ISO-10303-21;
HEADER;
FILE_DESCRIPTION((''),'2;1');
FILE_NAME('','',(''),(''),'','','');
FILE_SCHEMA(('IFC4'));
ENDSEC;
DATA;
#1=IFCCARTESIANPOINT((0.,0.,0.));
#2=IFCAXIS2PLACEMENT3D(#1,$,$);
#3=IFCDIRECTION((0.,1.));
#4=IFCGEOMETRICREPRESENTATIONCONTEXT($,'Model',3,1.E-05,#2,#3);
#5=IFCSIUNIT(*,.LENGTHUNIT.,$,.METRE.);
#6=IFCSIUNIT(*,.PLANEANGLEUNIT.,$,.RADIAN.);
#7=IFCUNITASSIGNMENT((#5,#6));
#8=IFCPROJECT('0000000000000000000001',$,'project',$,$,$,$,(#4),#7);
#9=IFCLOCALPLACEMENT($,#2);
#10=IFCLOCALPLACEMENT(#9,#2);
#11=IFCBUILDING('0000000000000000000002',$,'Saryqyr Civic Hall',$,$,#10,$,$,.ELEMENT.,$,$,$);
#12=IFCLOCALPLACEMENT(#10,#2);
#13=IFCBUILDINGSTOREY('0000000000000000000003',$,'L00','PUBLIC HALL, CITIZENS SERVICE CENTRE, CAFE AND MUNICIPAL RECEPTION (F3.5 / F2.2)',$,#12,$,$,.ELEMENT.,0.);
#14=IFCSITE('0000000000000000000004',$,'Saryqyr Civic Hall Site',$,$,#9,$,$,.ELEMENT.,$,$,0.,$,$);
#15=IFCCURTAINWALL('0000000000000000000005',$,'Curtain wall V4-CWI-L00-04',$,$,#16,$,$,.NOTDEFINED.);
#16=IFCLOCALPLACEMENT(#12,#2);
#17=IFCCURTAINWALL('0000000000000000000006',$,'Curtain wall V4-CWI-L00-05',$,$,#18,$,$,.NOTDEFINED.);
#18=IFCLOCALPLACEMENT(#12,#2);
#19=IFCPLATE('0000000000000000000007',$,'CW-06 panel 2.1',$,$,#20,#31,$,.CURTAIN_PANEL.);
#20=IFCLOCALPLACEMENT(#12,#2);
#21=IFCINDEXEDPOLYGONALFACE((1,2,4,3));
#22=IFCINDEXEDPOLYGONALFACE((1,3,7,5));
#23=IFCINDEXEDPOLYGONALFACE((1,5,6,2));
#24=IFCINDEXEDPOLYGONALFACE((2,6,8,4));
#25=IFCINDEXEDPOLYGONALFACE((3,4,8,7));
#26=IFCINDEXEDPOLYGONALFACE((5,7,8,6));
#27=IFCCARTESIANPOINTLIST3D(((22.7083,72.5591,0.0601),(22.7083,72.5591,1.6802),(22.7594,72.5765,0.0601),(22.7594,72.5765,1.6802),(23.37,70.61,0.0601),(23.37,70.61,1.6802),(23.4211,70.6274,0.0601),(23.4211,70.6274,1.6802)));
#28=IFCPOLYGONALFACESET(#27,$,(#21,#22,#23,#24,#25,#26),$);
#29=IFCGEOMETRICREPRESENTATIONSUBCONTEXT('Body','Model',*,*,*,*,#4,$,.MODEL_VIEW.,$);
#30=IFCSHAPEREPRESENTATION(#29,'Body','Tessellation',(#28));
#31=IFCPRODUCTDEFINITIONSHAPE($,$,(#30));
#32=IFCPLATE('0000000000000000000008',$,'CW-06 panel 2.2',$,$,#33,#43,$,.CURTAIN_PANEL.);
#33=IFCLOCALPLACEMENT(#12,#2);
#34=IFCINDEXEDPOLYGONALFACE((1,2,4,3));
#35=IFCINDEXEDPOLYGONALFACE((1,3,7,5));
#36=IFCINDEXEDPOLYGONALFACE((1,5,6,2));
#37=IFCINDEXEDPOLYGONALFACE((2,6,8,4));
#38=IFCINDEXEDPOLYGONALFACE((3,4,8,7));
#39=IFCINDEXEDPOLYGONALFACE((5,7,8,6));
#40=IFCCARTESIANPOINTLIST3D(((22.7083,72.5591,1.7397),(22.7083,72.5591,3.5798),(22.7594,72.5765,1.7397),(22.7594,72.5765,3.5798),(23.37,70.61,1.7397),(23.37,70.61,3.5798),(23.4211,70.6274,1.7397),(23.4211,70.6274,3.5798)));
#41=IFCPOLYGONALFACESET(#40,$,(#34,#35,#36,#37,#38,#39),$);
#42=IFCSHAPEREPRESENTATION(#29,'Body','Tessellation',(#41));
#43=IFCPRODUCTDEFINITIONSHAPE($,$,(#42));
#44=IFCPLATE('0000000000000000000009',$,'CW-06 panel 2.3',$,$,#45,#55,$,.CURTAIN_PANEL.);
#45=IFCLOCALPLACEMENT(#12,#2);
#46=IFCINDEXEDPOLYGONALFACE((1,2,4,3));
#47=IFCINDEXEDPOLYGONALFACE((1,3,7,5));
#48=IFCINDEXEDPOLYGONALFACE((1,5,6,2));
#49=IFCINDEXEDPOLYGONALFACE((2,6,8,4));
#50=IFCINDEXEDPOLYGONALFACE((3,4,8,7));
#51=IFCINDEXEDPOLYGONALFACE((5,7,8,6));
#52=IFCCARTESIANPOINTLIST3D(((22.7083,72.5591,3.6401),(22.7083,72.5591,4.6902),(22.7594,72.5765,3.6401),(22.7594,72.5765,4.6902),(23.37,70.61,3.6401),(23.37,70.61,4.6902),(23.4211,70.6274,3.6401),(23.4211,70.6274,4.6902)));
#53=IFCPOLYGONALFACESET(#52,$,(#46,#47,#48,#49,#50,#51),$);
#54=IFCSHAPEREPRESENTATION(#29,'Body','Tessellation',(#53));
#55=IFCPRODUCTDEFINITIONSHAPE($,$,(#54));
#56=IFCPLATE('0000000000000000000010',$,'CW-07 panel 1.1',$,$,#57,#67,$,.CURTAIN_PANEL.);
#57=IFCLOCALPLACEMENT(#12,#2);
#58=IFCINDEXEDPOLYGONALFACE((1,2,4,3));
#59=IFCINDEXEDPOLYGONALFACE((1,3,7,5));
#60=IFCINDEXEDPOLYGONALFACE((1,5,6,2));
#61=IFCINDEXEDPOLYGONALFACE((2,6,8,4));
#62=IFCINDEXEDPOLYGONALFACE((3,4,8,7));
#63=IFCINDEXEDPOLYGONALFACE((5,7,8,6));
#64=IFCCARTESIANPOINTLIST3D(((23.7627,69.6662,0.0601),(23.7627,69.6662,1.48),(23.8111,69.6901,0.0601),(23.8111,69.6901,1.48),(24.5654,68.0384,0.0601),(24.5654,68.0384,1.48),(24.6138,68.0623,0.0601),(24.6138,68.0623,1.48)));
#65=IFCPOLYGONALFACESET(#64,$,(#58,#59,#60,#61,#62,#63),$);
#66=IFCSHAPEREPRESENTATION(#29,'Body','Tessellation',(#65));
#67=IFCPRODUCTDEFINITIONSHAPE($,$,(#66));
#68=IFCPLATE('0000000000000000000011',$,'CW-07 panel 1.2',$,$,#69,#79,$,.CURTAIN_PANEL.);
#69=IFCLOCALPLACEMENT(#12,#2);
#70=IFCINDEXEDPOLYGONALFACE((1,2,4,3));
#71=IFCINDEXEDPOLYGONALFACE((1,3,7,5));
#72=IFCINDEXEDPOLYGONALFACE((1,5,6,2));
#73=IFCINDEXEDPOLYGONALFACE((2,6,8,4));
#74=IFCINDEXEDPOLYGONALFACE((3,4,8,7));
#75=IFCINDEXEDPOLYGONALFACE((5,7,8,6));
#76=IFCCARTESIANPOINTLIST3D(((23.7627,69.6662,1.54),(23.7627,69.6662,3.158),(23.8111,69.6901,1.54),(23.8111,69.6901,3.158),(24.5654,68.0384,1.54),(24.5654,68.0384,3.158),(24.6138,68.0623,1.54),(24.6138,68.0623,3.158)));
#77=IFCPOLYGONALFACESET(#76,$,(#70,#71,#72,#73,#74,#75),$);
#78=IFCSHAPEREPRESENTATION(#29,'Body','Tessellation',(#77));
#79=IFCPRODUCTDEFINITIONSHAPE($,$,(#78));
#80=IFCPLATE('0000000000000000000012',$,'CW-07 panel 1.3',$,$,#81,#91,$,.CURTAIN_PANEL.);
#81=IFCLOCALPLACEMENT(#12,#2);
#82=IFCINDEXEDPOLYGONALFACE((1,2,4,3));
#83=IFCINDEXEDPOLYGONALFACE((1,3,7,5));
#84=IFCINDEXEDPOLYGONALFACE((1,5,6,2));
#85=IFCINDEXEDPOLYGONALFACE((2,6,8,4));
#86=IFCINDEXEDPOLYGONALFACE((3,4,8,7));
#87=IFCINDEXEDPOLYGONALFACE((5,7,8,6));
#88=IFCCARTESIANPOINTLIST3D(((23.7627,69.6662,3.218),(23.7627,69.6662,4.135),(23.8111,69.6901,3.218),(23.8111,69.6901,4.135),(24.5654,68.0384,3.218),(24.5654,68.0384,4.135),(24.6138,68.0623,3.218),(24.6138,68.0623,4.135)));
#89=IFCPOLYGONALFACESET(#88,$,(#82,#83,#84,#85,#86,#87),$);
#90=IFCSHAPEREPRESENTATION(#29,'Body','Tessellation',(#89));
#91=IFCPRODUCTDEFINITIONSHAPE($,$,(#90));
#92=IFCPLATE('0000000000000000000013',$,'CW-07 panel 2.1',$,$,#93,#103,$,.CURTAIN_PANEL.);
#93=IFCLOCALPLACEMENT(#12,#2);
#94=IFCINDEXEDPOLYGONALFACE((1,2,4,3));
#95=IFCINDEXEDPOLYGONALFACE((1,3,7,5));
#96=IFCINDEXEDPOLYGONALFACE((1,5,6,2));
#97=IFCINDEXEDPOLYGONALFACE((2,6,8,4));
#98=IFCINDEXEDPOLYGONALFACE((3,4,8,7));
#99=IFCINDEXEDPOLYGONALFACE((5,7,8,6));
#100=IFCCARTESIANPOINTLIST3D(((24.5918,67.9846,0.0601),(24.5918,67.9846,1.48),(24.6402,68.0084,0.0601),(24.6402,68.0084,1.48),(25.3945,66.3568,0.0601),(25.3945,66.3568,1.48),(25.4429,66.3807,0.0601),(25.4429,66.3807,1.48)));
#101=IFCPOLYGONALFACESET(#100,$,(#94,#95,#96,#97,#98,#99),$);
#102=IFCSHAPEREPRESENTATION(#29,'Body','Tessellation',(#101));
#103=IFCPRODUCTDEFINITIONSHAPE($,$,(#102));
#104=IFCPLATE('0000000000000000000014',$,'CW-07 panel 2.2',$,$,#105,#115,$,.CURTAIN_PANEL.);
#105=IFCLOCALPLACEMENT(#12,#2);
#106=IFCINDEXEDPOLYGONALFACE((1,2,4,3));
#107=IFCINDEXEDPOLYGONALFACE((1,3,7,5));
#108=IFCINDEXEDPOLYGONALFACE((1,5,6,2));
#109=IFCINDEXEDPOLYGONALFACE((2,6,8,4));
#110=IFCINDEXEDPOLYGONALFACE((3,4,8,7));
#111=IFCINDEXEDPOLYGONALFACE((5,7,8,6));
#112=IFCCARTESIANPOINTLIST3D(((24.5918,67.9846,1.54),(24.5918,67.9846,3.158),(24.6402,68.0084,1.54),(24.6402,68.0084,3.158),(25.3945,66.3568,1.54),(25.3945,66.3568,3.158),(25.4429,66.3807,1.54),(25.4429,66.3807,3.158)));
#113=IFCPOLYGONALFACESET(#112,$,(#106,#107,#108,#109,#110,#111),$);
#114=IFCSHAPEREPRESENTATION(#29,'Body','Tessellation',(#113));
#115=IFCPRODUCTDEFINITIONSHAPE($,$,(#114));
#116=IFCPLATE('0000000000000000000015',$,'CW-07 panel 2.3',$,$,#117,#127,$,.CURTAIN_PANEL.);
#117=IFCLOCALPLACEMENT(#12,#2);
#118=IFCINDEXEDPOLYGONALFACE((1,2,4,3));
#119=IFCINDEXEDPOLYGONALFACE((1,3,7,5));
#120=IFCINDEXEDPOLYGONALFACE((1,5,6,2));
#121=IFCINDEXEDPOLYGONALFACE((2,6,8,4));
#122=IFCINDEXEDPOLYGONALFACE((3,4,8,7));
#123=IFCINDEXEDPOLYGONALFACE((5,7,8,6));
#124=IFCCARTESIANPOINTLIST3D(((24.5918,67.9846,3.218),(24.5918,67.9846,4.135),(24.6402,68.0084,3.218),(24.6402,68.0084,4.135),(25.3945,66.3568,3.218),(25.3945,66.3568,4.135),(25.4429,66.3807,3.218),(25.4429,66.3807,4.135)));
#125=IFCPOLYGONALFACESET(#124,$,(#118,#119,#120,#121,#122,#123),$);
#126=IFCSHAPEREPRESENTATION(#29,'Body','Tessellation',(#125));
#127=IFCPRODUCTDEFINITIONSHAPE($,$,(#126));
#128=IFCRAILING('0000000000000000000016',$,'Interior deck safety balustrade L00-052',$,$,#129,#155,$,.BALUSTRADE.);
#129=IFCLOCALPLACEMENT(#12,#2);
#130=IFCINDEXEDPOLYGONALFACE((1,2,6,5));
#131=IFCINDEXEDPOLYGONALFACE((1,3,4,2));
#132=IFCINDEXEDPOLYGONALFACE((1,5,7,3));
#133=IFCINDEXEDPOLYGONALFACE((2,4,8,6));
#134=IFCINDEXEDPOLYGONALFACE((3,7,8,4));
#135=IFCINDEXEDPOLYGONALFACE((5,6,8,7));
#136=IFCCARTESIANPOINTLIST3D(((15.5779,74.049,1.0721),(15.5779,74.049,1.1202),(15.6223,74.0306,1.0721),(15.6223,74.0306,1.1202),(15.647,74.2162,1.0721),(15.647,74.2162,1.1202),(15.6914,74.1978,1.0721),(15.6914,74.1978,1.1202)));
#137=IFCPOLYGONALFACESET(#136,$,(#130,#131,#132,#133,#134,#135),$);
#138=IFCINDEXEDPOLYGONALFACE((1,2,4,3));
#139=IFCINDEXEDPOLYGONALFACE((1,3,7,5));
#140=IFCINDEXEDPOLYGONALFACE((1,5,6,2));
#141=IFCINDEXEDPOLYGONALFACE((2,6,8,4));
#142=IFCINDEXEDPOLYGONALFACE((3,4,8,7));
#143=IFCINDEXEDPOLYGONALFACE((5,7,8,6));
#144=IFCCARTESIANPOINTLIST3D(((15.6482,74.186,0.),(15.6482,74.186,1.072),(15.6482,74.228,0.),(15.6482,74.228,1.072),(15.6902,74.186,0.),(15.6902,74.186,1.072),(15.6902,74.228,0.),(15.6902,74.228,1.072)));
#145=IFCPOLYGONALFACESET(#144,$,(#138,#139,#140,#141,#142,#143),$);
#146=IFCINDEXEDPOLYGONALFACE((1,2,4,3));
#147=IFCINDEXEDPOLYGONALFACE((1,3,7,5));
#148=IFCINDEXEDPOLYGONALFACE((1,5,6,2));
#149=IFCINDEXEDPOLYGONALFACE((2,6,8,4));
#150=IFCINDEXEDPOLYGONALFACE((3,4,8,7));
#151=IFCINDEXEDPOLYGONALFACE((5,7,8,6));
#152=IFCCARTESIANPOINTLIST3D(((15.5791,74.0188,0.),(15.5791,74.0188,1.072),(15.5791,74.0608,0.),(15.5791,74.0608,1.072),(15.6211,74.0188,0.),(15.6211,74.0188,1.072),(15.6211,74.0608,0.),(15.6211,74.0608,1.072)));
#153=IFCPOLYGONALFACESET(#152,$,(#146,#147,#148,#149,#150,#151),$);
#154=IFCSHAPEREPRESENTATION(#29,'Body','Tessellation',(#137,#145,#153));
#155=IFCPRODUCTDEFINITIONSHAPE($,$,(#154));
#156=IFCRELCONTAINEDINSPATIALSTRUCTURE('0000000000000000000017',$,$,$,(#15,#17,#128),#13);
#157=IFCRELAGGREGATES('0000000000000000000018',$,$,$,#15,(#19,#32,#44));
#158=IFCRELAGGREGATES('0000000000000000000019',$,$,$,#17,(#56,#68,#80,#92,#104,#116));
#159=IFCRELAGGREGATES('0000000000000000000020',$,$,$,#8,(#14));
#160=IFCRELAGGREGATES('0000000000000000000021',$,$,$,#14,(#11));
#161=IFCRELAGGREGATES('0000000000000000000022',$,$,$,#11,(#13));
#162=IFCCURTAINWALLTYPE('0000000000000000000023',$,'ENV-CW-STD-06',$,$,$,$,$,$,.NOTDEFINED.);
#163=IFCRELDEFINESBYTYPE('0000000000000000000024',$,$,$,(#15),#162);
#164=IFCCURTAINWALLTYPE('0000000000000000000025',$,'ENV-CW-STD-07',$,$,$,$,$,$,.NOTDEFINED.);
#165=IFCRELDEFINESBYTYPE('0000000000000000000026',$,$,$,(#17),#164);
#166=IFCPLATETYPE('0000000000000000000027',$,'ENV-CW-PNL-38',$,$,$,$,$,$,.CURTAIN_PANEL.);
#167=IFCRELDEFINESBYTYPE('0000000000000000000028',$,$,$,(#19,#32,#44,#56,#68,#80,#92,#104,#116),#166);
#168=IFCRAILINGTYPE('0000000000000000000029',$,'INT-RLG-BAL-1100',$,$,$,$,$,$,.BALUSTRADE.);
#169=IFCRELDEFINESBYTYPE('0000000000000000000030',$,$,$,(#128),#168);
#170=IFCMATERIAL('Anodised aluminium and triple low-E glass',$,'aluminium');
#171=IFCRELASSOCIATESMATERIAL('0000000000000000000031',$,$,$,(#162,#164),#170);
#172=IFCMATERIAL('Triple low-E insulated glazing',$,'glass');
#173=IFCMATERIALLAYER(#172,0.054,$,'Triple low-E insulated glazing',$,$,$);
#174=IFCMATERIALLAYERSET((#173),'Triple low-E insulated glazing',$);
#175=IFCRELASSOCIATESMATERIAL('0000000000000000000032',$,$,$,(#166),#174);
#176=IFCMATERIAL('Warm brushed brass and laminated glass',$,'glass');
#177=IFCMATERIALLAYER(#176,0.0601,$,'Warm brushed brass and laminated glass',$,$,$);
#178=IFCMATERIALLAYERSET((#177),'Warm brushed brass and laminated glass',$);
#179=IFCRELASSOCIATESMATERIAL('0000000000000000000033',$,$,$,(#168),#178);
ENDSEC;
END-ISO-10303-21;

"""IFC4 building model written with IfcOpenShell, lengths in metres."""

from ifc_helpers import new_model, si_unit, direction, frame, origin, origin_2d, place, context, subcontext, project, spatial, rectangle, extrude, material, layer, layer_set, type_object, element, aggregate, save


model = new_model("IFC4")

# Units and contexts
model_context = context("Model", 3, precision=1e-05, world=origin(), true_north=direction((0.0, 1.0)))
body_context = subcontext(model_context, "Body", "Model", "MODEL_VIEW")
ifc_project = project(units=[si_unit("LENGTHUNIT", "METRE"), si_unit("PLANEANGLEUNIT", "RADIAN")], contexts=[model_context])

# Site, building, storey
site_placement = place(None, origin())
site = spatial("IfcSite", under=ifc_project, at=site_placement, Name="Saryqyr Civic Hall Site", CompositionType="ELEMENT", RefElevation=0.0)
building_placement = place(site_placement, origin())
building = spatial("IfcBuilding", under=site, at=building_placement, Name="Saryqyr Civic Hall", CompositionType="ELEMENT")
storey_placement = place(building_placement, origin())
storey = spatial("IfcBuildingStorey", under=building, at=storey_placement, Name="L00", Description="PUBLIC HALL, CITIZENS SERVICE CENTRE, CAFE AND MUNICIPAL RECEPTION (F3.5 / F2.2)", CompositionType="ELEMENT", Elevation=0.0)

# Curtain walls
ifc_material_1 = material(Name="Anodised aluminium and triple low-E glass", Category="aluminium")
curtain_wall_type_1 = type_object("IfcCurtainWallType", Name="ENV-CW-STD-06", PredefinedType="NOTDEFINED", material=ifc_material_1)
curtain_wall_1_placement = place(storey_placement, origin())
curtain_wall_1 = element("IfcCurtainWall", 1, at=curtain_wall_1_placement, inside=storey, type_object=curtain_wall_type_1, Name="Curtain wall V4-CWI-L00-04", PredefinedType="NOTDEFINED")
curtain_wall_type_2 = type_object("IfcCurtainWallType", Name="ENV-CW-STD-07", PredefinedType="NOTDEFINED", material=ifc_material_1)
curtain_wall_2_placement = place(storey_placement, origin())
curtain_wall_2 = element("IfcCurtainWall", 2, at=curtain_wall_2_placement, inside=storey, type_object=curtain_wall_type_2, Name="Curtain wall V4-CWI-L00-05", PredefinedType="NOTDEFINED")

# Plates
ifc_material_2 = material(Name="Triple low-E insulated glazing", Category="glass")
ifc_layer_1 = layer(ifc_material_2, 0.054, Name="Triple low-E insulated glazing")
ifc_layer_set_1 = layer_set([ifc_layer_1], Name="Triple low-E insulated glazing")
plate_type = type_object("IfcPlateType", Name="ENV-CW-PNL-38", PredefinedType="CURTAIN_PANEL", material=ifc_layer_set_1)
plate_1_placement = place(storey_placement, frame((23.0647, 71.5933, 0.0601), z_axis=(0.0, 0.0, 1.0), x_axis=(0.321438, -0.946931, 0.0)))
plate_1 = element("IfcPlate", 3, at=plate_1_placement, type_object=plate_type, Name="CW-06 panel 2.1", PredefinedType="CURTAIN_PANEL", context=body_context, shape_type="SweptSolid", body=[
    extrude(rectangle(XDim=2.0583, YDim=0.054, at=origin_2d()), origin(), (0.0, 0.0, 1.0), 1.6201),
])
plate_2_placement = place(storey_placement, frame((23.0647, 71.5933, 1.7397), z_axis=(0.0, 0.0, 1.0), x_axis=(0.321438, -0.946931, 0.0)))
plate_2 = element("IfcPlate", 4, at=plate_2_placement, type_object=plate_type, Name="CW-06 panel 2.2", PredefinedType="CURTAIN_PANEL", context=body_context, shape_type="SweptSolid", body=[
    extrude(rectangle(XDim=2.0583, YDim=0.054, at=origin_2d()), origin(), (0.0, 0.0, 1.0), 1.8401),
])
plate_3_placement = place(storey_placement, frame((23.0647, 71.5933, 3.6401), z_axis=(0.0, 0.0, 1.0), x_axis=(0.321438, -0.946931, 0.0)))
plate_3 = element("IfcPlate", 5, at=plate_3_placement, type_object=plate_type, Name="CW-06 panel 2.3", PredefinedType="CURTAIN_PANEL", context=body_context, shape_type="SweptSolid", body=[
    extrude(rectangle(XDim=2.0583, YDim=0.054, at=origin_2d()), origin(), (0.0, 0.0, 1.0), 1.05),
])
aggregate(curtain_wall_1, [plate_1, plate_2, plate_3])
plate_4_placement = place(storey_placement, frame((24.1882, 68.8643, 0.0601), z_axis=(0.0, 0.0, 1.0), x_axis=(0.442262, -0.896886, 0.0)))
plate_4 = element("IfcPlate", 6, at=plate_4_placement, type_object=plate_type, Name="CW-07 panel 1.1", PredefinedType="CURTAIN_PANEL", context=body_context, shape_type="SweptSolid", body=[
    extrude(rectangle(XDim=1.8149, YDim=0.054, at=origin_2d()), origin(), (0.0, 0.0, 1.0), 1.4199),
])
plate_5_placement = place(storey_placement, frame((24.1882, 68.8643, 1.54), z_axis=(0.0, 0.0, 1.0), x_axis=(0.442262, -0.896886, 0.0)))
plate_5 = element("IfcPlate", 7, at=plate_5_placement, type_object=plate_type, Name="CW-07 panel 1.2", PredefinedType="CURTAIN_PANEL", context=body_context, shape_type="SweptSolid", body=[
    extrude(rectangle(XDim=1.8149, YDim=0.054, at=origin_2d()), origin(), (0.0, 0.0, 1.0), 1.6179),
])
plate_6_placement = place(storey_placement, frame((24.1882, 68.8643, 3.218), z_axis=(0.0, 0.0, 1.0), x_axis=(0.442262, -0.896886, 0.0)))
plate_6 = element("IfcPlate", 8, at=plate_6_placement, type_object=plate_type, Name="CW-07 panel 1.3", PredefinedType="CURTAIN_PANEL", context=body_context, shape_type="SweptSolid", body=[
    extrude(rectangle(XDim=1.8149, YDim=0.054, at=origin_2d()), origin(), (0.0, 0.0, 1.0), 0.917),
])
plate_7_placement = place(storey_placement, frame((25.0173, 67.1826, 0.0601), z_axis=(0.0, 0.0, 1.0), x_axis=(0.442262, -0.896886, 0.0)))
plate_7 = element("IfcPlate", 9, at=plate_7_placement, type_object=plate_type, Name="CW-07 panel 2.1", PredefinedType="CURTAIN_PANEL", context=body_context, shape_type="SweptSolid", body=[
    extrude(rectangle(XDim=1.8149, YDim=0.054, at=origin_2d()), origin(), (0.0, 0.0, 1.0), 1.4199),
])
plate_8_placement = place(storey_placement, frame((25.0173, 67.1826, 1.54), z_axis=(0.0, 0.0, 1.0), x_axis=(0.442262, -0.896886, 0.0)))
plate_8 = element("IfcPlate", 10, at=plate_8_placement, type_object=plate_type, Name="CW-07 panel 2.2", PredefinedType="CURTAIN_PANEL", context=body_context, shape_type="SweptSolid", body=[
    extrude(rectangle(XDim=1.8149, YDim=0.054, at=origin_2d()), origin(), (0.0, 0.0, 1.0), 1.6179),
])
plate_9_placement = place(storey_placement, frame((25.0173, 67.1826, 3.218), z_axis=(0.0, 0.0, 1.0), x_axis=(0.442262, -0.896886, 0.0)))
plate_9 = element("IfcPlate", 11, at=plate_9_placement, type_object=plate_type, Name="CW-07 panel 2.3", PredefinedType="CURTAIN_PANEL", context=body_context, shape_type="SweptSolid", body=[
    extrude(rectangle(XDim=1.8149, YDim=0.054, at=origin_2d()), origin(), (0.0, 0.0, 1.0), 0.917),
])
aggregate(curtain_wall_2, [plate_4, plate_5, plate_6, plate_7, plate_8, plate_9])

# Railing
ifc_material_3 = material(Name="Warm brushed brass and laminated glass", Category="glass")
ifc_layer_2 = layer(ifc_material_3, 0.0601, Name="Warm brushed brass and laminated glass")
ifc_layer_set_2 = layer_set([ifc_layer_2], Name="Warm brushed brass and laminated glass")
railing_type = type_object("IfcRailingType", Name="INT-RLG-BAL-1100", PredefinedType="BALUSTRADE", material=ifc_layer_set_2)
railing_1_placement = place(storey_placement, frame((15.6692, 74.207, 0.0)))
element("IfcRailing", 12, at=railing_1_placement, inside=storey, type_object=railing_type, Name="Interior deck safety balustrade L00-052", PredefinedType="BALUSTRADE", context=body_context, shape_type="SweptSolid", body=[
    extrude(rectangle(XDim=0.0481, YDim=0.0481, at=origin_2d()), frame((0.0, 0.0, 1.0962), z_axis=(-0.381835, -0.92423, 0.0), x_axis=(0.92423, -0.381835, 0.0)), (0.0, 0.0, 1.0), 0.1809),
    extrude(rectangle(XDim=0.042, YDim=0.042, at=origin_2d()), origin(), (0.0, 0.0, 1.0), 1.072),
    extrude(rectangle(XDim=0.042, YDim=0.042, at=origin_2d()), frame((-0.0691, -0.1672, 0.0)), (0.0, 0.0, 1.0), 1.072),
])

save(model, "model.ifc")
